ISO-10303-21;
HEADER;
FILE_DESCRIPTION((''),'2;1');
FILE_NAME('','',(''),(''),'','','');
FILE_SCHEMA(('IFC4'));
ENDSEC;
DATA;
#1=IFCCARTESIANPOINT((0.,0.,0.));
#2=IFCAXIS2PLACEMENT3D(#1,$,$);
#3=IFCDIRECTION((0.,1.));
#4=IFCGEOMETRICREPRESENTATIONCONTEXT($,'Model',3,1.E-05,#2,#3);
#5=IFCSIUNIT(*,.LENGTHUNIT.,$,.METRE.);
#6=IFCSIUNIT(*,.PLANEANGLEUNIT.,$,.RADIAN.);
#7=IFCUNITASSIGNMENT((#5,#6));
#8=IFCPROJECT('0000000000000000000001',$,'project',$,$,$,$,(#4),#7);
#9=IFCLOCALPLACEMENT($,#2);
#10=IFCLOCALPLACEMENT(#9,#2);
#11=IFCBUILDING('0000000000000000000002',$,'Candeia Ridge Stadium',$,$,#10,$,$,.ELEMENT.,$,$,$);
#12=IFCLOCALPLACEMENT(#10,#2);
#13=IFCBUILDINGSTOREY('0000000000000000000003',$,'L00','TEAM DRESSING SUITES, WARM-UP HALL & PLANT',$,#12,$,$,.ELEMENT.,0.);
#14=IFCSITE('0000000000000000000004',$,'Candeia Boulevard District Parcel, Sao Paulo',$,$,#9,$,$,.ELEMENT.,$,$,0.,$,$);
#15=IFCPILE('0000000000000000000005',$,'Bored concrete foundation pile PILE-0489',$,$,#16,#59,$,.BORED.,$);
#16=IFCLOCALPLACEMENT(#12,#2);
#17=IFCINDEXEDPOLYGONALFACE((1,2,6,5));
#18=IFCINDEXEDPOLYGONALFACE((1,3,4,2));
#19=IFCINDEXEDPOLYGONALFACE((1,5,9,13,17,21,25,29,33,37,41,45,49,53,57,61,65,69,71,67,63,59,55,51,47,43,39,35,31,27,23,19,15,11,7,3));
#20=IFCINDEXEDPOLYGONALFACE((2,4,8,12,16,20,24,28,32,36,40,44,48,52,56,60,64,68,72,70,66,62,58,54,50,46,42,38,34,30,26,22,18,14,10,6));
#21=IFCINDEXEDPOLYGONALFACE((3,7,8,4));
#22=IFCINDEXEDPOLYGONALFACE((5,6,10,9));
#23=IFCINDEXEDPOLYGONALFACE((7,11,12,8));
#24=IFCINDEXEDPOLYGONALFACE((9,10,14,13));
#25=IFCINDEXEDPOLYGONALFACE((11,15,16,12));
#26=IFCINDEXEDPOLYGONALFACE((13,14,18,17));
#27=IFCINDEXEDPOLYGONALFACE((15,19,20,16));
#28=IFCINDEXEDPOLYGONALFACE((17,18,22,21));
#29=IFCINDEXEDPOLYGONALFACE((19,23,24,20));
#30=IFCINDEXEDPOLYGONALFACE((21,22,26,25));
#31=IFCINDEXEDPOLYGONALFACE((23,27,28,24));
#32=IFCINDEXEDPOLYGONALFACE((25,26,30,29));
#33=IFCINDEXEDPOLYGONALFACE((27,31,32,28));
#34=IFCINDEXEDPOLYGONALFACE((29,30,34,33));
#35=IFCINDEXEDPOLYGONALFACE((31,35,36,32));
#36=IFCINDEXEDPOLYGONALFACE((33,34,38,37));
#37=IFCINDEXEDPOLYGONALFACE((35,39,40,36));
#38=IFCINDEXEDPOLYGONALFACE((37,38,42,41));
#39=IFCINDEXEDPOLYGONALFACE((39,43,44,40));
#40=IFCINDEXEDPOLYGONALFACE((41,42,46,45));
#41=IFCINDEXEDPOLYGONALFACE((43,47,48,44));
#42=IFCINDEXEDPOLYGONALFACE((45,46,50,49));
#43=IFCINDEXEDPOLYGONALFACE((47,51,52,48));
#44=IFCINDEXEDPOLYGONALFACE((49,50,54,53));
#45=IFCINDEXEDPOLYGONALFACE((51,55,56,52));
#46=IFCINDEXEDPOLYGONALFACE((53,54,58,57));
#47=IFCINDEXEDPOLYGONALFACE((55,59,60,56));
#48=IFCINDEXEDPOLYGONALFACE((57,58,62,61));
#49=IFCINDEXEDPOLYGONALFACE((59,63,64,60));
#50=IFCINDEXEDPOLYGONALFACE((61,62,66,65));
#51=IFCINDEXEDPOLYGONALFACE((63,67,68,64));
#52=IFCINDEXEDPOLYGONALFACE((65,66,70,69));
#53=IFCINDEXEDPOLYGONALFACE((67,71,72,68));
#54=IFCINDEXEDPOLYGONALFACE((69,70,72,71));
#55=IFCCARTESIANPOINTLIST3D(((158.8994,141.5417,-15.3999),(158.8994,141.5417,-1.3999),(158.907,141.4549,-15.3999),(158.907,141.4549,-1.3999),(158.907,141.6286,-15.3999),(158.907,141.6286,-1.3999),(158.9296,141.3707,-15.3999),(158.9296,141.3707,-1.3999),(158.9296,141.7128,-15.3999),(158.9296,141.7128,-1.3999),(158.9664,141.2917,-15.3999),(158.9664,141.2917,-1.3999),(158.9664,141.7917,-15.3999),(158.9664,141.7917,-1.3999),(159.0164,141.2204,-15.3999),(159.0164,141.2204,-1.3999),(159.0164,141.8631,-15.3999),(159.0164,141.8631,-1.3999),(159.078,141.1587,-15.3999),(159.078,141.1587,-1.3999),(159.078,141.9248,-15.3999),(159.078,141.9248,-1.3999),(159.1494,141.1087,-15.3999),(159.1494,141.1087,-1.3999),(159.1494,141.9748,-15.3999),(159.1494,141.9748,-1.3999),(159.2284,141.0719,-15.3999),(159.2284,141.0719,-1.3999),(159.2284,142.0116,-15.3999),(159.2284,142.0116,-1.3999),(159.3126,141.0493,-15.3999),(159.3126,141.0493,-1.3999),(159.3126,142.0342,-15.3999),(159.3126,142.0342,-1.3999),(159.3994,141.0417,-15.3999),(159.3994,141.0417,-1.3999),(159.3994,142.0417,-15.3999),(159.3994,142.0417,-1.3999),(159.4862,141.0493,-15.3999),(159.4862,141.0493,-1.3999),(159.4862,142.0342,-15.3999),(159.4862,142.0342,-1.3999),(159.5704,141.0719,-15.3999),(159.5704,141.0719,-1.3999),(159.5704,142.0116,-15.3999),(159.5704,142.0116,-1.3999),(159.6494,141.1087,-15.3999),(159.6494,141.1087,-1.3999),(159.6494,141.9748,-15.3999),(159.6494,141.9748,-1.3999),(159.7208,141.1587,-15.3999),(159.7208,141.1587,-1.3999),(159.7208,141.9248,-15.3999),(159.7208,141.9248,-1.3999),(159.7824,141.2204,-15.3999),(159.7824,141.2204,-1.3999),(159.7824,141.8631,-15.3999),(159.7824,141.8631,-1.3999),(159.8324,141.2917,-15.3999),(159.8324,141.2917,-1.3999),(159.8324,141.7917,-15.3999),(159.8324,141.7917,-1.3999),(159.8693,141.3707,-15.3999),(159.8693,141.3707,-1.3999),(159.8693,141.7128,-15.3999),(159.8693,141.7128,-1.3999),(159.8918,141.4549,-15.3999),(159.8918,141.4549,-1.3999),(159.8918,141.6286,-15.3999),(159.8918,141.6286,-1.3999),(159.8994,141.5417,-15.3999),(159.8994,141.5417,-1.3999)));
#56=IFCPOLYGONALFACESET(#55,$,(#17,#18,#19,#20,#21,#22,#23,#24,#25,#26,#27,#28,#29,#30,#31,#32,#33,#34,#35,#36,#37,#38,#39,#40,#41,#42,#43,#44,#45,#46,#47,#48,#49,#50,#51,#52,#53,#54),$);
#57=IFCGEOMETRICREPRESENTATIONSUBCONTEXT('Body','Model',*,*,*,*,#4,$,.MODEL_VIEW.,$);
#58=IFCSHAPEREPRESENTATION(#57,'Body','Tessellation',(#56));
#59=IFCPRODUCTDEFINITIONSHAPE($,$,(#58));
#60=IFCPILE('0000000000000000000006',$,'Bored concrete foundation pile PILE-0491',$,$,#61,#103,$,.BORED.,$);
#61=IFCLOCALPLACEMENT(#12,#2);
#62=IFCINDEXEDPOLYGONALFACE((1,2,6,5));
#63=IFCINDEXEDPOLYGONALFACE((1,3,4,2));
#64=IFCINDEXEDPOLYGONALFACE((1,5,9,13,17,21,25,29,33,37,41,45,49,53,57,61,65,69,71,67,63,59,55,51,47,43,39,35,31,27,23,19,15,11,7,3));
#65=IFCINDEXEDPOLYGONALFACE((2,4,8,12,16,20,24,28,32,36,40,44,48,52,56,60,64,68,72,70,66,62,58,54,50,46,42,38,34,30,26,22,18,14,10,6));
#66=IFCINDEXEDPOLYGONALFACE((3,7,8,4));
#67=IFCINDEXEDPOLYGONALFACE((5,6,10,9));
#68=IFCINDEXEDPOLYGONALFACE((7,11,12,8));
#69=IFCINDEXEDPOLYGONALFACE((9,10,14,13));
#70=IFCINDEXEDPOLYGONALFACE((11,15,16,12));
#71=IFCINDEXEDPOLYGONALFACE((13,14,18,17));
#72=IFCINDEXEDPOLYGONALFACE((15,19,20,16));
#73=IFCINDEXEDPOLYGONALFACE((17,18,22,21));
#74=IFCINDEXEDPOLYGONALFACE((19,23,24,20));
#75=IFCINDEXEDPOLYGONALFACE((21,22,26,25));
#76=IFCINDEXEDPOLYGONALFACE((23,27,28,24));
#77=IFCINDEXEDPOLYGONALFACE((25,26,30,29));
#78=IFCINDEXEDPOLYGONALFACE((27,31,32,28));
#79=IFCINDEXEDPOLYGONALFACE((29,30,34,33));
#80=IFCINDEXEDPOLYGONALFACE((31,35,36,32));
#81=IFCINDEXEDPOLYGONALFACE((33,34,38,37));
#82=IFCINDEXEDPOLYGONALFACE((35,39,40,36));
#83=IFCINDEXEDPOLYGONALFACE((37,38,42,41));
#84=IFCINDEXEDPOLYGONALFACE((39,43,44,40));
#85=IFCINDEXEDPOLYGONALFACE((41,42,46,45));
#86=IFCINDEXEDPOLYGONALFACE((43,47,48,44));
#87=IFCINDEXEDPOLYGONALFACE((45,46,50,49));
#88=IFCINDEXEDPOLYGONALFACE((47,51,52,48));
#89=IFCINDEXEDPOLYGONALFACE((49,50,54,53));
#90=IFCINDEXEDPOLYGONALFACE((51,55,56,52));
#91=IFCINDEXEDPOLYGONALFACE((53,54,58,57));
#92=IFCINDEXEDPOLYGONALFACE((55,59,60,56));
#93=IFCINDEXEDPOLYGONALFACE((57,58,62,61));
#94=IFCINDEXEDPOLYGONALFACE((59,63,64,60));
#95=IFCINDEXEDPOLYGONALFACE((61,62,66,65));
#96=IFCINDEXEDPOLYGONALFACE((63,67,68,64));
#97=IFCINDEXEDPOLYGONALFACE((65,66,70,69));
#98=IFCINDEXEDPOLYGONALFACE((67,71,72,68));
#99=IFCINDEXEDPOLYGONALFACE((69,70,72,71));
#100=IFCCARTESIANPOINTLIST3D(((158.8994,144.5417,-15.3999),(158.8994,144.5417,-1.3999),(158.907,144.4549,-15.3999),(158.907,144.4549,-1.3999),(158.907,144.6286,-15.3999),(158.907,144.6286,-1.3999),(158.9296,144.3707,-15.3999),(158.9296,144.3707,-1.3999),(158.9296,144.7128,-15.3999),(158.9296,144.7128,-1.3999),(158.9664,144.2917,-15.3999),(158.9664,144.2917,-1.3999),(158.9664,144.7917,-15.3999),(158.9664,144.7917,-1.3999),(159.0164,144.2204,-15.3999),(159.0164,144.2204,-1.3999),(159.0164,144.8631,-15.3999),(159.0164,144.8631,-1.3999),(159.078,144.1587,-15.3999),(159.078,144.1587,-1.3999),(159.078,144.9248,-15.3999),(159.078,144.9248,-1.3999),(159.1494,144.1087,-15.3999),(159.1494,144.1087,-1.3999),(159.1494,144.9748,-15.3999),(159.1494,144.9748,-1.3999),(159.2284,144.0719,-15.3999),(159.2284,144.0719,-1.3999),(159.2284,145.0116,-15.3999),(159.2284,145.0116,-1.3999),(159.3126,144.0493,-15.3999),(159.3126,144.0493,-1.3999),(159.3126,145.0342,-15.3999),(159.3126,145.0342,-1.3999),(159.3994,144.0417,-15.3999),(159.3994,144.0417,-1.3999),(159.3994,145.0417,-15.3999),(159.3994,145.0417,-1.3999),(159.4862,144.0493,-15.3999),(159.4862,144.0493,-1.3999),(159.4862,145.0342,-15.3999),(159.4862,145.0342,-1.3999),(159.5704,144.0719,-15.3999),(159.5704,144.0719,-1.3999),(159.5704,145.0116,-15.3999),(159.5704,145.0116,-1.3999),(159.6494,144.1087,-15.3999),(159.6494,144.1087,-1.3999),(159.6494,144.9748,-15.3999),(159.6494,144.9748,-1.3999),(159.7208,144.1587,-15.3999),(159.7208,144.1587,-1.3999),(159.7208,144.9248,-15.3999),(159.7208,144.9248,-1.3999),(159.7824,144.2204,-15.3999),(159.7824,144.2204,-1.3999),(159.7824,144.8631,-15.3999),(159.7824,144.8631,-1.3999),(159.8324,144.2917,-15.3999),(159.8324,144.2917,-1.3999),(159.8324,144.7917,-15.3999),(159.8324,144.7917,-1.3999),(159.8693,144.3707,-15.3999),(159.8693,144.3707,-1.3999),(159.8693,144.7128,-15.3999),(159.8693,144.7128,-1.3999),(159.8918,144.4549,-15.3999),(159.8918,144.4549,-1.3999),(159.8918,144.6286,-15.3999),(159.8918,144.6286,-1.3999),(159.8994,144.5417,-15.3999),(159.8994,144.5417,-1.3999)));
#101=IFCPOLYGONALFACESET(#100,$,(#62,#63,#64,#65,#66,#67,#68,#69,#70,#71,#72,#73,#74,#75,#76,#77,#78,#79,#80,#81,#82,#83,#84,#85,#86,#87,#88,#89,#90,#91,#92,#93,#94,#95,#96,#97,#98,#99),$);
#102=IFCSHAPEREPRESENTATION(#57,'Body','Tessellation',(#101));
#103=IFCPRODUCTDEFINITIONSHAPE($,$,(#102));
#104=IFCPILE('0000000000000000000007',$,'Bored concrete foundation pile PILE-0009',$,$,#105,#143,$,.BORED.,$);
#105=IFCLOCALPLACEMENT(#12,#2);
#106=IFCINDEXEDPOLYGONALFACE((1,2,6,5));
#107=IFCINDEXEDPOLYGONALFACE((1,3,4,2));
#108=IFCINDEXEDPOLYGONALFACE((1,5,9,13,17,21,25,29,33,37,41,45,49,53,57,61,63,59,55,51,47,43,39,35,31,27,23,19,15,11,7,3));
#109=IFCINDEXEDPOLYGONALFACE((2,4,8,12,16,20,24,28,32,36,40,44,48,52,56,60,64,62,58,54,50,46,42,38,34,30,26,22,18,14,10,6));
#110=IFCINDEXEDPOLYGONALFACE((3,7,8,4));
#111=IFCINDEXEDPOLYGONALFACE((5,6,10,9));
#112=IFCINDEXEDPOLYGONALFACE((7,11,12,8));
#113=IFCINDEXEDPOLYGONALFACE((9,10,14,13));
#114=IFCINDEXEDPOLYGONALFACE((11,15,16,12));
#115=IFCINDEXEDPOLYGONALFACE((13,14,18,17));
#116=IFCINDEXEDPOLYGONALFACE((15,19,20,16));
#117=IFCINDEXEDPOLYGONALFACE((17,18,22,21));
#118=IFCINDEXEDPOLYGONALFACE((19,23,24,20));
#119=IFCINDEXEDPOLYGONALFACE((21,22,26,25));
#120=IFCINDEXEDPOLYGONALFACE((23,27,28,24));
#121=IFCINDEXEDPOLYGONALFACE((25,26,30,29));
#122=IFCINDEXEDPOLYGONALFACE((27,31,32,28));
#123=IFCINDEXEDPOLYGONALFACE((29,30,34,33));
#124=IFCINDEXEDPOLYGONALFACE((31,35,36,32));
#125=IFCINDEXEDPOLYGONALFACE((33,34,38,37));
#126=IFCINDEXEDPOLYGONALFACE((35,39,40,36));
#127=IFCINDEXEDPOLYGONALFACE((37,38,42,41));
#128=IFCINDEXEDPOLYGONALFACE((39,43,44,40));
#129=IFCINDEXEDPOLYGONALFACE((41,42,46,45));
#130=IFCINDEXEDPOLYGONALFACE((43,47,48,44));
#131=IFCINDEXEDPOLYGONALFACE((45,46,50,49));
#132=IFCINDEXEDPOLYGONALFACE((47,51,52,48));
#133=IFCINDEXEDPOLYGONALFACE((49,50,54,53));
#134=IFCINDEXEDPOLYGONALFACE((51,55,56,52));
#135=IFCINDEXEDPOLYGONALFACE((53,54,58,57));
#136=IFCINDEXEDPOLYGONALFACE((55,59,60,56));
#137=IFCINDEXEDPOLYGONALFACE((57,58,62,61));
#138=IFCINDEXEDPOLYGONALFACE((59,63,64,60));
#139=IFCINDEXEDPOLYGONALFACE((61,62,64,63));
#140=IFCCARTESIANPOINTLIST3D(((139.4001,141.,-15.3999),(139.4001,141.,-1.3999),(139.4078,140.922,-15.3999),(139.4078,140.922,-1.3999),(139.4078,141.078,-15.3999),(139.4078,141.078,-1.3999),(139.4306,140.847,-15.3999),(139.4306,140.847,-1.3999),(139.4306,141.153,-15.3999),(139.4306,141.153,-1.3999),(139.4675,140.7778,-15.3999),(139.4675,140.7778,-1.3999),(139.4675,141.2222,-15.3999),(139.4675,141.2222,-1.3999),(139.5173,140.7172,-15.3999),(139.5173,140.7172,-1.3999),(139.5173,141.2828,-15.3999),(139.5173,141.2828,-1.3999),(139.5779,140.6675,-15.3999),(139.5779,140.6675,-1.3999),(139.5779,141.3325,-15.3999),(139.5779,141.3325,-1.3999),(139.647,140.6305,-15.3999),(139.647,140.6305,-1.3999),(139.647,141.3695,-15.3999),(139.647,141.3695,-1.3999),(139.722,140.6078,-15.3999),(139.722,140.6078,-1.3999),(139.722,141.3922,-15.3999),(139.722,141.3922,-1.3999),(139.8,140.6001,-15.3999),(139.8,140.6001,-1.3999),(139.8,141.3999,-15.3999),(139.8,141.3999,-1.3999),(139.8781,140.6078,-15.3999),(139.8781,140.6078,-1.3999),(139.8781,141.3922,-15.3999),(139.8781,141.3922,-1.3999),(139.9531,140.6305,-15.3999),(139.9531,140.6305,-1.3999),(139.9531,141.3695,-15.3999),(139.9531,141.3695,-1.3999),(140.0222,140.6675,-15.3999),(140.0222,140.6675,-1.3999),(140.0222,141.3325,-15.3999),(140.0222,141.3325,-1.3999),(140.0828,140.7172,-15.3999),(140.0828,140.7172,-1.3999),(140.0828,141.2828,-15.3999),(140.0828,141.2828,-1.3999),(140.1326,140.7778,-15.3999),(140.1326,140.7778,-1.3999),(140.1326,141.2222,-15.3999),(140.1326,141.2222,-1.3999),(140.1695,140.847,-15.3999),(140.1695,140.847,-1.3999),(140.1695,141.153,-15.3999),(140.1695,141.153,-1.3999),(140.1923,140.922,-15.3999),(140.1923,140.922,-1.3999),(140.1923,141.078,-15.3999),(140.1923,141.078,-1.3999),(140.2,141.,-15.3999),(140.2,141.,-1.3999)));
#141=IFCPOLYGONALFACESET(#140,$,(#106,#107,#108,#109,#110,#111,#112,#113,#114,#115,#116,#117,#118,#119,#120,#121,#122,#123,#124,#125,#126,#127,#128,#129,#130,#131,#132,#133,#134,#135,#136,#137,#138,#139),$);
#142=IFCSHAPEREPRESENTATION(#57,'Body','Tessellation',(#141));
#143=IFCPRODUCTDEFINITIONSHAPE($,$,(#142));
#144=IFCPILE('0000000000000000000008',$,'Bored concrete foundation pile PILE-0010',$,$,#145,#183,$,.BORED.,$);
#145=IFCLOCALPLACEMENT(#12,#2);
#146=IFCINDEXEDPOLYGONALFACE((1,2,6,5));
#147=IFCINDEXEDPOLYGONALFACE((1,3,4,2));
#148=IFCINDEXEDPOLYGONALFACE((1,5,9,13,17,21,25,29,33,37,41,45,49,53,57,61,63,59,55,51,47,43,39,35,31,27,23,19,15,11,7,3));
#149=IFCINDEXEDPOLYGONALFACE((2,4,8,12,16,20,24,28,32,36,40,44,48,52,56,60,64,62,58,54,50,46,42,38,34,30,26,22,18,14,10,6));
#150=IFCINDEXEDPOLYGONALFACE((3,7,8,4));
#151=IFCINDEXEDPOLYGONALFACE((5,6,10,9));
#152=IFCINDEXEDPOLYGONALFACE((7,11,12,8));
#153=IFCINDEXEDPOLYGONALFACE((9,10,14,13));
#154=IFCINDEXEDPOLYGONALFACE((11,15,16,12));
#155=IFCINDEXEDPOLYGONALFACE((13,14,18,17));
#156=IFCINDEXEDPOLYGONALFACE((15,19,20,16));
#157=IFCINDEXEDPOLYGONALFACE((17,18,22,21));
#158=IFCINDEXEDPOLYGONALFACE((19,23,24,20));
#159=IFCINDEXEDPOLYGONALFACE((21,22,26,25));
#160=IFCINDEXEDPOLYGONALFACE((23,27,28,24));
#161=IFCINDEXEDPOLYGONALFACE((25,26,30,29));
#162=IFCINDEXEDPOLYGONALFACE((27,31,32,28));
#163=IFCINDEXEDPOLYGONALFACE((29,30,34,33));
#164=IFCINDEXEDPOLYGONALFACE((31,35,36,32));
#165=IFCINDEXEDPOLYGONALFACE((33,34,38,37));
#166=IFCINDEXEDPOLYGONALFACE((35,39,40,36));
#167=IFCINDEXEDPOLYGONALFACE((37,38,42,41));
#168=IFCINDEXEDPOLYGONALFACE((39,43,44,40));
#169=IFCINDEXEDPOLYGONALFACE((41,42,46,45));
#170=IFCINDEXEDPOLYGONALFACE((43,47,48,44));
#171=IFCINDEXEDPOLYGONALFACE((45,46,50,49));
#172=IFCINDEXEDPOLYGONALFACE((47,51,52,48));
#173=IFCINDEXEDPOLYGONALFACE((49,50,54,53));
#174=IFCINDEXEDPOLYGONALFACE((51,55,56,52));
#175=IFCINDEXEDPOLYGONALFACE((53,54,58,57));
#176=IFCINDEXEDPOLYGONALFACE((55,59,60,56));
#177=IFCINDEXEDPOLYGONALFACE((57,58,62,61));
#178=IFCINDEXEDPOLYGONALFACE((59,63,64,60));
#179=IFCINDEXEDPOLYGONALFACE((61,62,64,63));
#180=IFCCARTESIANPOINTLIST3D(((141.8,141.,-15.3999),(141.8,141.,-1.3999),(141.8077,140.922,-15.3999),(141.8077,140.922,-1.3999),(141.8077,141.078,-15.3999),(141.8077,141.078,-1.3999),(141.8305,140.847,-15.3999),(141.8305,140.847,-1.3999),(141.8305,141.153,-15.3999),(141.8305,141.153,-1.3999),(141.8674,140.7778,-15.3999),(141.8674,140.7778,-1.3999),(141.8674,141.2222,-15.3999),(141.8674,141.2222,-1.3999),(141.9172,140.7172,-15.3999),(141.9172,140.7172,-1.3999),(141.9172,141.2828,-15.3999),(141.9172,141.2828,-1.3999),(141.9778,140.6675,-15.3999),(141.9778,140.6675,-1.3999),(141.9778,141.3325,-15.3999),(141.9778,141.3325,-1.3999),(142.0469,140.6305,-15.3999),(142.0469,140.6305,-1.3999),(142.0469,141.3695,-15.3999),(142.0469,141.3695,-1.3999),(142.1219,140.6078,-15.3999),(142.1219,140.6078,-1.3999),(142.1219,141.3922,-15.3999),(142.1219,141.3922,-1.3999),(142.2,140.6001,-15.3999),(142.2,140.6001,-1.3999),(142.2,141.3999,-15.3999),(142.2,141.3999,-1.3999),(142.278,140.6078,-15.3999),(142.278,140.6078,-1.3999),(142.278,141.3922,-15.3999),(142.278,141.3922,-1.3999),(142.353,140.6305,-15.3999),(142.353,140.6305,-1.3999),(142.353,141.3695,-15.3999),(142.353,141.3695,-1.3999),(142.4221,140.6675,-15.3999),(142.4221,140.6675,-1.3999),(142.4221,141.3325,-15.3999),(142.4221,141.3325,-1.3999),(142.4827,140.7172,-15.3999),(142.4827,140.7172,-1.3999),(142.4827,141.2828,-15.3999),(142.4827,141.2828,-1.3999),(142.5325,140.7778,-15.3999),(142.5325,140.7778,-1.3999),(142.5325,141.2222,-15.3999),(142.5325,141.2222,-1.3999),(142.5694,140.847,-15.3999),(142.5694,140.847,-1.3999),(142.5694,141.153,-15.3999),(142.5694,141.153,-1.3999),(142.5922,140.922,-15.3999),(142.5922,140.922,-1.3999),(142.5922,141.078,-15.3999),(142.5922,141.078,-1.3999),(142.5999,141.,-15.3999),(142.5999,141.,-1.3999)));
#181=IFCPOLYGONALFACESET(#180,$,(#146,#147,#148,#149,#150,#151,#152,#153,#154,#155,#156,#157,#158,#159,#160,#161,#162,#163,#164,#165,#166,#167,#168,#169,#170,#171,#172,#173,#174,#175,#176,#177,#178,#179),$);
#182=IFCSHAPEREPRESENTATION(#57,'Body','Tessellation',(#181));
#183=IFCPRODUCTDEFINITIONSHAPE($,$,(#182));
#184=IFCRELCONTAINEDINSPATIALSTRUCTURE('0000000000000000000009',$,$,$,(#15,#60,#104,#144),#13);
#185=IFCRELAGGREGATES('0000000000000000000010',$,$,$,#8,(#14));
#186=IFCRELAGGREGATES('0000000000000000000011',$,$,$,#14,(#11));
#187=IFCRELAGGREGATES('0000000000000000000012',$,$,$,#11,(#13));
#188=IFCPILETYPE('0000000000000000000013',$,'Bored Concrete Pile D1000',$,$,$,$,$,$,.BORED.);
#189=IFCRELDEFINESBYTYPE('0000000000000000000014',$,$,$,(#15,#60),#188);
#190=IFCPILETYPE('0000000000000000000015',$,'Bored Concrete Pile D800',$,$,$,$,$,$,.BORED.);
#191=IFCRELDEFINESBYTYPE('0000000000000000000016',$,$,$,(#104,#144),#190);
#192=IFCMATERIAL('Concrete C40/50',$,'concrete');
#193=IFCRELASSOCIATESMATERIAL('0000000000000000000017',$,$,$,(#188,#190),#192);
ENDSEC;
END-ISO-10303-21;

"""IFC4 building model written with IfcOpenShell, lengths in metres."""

from ifc_helpers import new_model, si_unit, direction, frame, origin, origin_2d, place, context, subcontext, project, spatial, circle, extrude, material, material_profile, profile_set, type_object, element, save


model = new_model("IFC4")

# Units and contexts
model_context = context("Model", 3, precision=1e-05, world=origin(), true_north=direction((0.0, 1.0)))
body_context = subcontext(model_context, "Body", "Model", "MODEL_VIEW")
ifc_project = project(units=[si_unit("LENGTHUNIT", "METRE"), si_unit("PLANEANGLEUNIT", "RADIAN")], contexts=[model_context])

# Site, building, storey
site_placement = place(None, origin())
site = spatial("IfcSite", under=ifc_project, at=site_placement, Name="Candeia Boulevard District Parcel, Sao Paulo", CompositionType="ELEMENT", RefElevation=0.0)
building_placement = place(site_placement, origin())
building = spatial("IfcBuilding", under=site, at=building_placement, Name="Candeia Ridge Stadium", CompositionType="ELEMENT")
storey_placement = place(building_placement, origin())
storey = spatial("IfcBuildingStorey", under=building, at=storey_placement, Name="L00", Description="TEAM DRESSING SUITES, WARM-UP HALL & PLANT", CompositionType="ELEMENT", Elevation=0.0)

# Piles
ifc_material_1 = material(Name="Concrete C40/50", Category="concrete")
ifc_material_profile_1 = material_profile(ifc_material_1, circle(Radius=0.5, at=origin_2d()), Name="PILE-D1000", Category="concrete")
ifc_profile_set_1 = profile_set([ifc_material_profile_1], Name="Concrete C40/50")
pile_type_1 = type_object("IfcPileType", Name="Bored Concrete Pile D1000", PredefinedType="BORED", material=ifc_profile_set_1)
for number, where, z_axis, x_axis, name in (
    (1, (159.3994, 141.5417, -1.3999), (0.0, 0.0, -1.0), (1.0, 0.0, 0.0), "Bored concrete foundation pile PILE-0489"),
    (2, (159.3994, 144.5417, -1.3999), (0.0, 0.0, -1.0), (1.0, 0.0, 0.0), "Bored concrete foundation pile PILE-0491"),
):
    element("IfcPile", number, at=place(storey_placement, frame(where, z_axis=z_axis, x_axis=x_axis)), inside=storey, type_object=pile_type_1, Name=name, PredefinedType="BORED", context=body_context, shape_type="SweptSolid", body=[
        extrude(circle(Radius=0.5, at=origin_2d()), origin(), (0.0, 0.0, 1.0), 14.0),
    ])
ifc_material_profile_2 = material_profile(ifc_material_1, circle(Radius=0.3999, at=origin_2d()), Name="PILE-D800", Category="concrete")
ifc_profile_set_2 = profile_set([ifc_material_profile_2], Name="Concrete C40/50")
pile_type_2 = type_object("IfcPileType", Name="Bored Concrete Pile D800", PredefinedType="BORED", material=ifc_profile_set_2)
for number, where, z_axis, x_axis, name in (
    (3, (139.8, 141.0, -1.3999), (0.0, 0.0, -1.0), (1.0, 0.0, 0.0), "Bored concrete foundation pile PILE-0009"),
    (4, (142.2, 141.0, -1.3999), (0.0, 0.0, -1.0), (1.0, 0.0, 0.0), "Bored concrete foundation pile PILE-0010"),
):
    element("IfcPile", number, at=place(storey_placement, frame(where, z_axis=z_axis, x_axis=x_axis)), inside=storey, type_object=pile_type_2, Name=name, PredefinedType="BORED", context=body_context, shape_type="SweptSolid", body=[
        extrude(circle(Radius=0.3999, at=origin_2d()), origin(), (0.0, 0.0, 1.0), 14.0),
    ])

save(model, "model.ifc")
